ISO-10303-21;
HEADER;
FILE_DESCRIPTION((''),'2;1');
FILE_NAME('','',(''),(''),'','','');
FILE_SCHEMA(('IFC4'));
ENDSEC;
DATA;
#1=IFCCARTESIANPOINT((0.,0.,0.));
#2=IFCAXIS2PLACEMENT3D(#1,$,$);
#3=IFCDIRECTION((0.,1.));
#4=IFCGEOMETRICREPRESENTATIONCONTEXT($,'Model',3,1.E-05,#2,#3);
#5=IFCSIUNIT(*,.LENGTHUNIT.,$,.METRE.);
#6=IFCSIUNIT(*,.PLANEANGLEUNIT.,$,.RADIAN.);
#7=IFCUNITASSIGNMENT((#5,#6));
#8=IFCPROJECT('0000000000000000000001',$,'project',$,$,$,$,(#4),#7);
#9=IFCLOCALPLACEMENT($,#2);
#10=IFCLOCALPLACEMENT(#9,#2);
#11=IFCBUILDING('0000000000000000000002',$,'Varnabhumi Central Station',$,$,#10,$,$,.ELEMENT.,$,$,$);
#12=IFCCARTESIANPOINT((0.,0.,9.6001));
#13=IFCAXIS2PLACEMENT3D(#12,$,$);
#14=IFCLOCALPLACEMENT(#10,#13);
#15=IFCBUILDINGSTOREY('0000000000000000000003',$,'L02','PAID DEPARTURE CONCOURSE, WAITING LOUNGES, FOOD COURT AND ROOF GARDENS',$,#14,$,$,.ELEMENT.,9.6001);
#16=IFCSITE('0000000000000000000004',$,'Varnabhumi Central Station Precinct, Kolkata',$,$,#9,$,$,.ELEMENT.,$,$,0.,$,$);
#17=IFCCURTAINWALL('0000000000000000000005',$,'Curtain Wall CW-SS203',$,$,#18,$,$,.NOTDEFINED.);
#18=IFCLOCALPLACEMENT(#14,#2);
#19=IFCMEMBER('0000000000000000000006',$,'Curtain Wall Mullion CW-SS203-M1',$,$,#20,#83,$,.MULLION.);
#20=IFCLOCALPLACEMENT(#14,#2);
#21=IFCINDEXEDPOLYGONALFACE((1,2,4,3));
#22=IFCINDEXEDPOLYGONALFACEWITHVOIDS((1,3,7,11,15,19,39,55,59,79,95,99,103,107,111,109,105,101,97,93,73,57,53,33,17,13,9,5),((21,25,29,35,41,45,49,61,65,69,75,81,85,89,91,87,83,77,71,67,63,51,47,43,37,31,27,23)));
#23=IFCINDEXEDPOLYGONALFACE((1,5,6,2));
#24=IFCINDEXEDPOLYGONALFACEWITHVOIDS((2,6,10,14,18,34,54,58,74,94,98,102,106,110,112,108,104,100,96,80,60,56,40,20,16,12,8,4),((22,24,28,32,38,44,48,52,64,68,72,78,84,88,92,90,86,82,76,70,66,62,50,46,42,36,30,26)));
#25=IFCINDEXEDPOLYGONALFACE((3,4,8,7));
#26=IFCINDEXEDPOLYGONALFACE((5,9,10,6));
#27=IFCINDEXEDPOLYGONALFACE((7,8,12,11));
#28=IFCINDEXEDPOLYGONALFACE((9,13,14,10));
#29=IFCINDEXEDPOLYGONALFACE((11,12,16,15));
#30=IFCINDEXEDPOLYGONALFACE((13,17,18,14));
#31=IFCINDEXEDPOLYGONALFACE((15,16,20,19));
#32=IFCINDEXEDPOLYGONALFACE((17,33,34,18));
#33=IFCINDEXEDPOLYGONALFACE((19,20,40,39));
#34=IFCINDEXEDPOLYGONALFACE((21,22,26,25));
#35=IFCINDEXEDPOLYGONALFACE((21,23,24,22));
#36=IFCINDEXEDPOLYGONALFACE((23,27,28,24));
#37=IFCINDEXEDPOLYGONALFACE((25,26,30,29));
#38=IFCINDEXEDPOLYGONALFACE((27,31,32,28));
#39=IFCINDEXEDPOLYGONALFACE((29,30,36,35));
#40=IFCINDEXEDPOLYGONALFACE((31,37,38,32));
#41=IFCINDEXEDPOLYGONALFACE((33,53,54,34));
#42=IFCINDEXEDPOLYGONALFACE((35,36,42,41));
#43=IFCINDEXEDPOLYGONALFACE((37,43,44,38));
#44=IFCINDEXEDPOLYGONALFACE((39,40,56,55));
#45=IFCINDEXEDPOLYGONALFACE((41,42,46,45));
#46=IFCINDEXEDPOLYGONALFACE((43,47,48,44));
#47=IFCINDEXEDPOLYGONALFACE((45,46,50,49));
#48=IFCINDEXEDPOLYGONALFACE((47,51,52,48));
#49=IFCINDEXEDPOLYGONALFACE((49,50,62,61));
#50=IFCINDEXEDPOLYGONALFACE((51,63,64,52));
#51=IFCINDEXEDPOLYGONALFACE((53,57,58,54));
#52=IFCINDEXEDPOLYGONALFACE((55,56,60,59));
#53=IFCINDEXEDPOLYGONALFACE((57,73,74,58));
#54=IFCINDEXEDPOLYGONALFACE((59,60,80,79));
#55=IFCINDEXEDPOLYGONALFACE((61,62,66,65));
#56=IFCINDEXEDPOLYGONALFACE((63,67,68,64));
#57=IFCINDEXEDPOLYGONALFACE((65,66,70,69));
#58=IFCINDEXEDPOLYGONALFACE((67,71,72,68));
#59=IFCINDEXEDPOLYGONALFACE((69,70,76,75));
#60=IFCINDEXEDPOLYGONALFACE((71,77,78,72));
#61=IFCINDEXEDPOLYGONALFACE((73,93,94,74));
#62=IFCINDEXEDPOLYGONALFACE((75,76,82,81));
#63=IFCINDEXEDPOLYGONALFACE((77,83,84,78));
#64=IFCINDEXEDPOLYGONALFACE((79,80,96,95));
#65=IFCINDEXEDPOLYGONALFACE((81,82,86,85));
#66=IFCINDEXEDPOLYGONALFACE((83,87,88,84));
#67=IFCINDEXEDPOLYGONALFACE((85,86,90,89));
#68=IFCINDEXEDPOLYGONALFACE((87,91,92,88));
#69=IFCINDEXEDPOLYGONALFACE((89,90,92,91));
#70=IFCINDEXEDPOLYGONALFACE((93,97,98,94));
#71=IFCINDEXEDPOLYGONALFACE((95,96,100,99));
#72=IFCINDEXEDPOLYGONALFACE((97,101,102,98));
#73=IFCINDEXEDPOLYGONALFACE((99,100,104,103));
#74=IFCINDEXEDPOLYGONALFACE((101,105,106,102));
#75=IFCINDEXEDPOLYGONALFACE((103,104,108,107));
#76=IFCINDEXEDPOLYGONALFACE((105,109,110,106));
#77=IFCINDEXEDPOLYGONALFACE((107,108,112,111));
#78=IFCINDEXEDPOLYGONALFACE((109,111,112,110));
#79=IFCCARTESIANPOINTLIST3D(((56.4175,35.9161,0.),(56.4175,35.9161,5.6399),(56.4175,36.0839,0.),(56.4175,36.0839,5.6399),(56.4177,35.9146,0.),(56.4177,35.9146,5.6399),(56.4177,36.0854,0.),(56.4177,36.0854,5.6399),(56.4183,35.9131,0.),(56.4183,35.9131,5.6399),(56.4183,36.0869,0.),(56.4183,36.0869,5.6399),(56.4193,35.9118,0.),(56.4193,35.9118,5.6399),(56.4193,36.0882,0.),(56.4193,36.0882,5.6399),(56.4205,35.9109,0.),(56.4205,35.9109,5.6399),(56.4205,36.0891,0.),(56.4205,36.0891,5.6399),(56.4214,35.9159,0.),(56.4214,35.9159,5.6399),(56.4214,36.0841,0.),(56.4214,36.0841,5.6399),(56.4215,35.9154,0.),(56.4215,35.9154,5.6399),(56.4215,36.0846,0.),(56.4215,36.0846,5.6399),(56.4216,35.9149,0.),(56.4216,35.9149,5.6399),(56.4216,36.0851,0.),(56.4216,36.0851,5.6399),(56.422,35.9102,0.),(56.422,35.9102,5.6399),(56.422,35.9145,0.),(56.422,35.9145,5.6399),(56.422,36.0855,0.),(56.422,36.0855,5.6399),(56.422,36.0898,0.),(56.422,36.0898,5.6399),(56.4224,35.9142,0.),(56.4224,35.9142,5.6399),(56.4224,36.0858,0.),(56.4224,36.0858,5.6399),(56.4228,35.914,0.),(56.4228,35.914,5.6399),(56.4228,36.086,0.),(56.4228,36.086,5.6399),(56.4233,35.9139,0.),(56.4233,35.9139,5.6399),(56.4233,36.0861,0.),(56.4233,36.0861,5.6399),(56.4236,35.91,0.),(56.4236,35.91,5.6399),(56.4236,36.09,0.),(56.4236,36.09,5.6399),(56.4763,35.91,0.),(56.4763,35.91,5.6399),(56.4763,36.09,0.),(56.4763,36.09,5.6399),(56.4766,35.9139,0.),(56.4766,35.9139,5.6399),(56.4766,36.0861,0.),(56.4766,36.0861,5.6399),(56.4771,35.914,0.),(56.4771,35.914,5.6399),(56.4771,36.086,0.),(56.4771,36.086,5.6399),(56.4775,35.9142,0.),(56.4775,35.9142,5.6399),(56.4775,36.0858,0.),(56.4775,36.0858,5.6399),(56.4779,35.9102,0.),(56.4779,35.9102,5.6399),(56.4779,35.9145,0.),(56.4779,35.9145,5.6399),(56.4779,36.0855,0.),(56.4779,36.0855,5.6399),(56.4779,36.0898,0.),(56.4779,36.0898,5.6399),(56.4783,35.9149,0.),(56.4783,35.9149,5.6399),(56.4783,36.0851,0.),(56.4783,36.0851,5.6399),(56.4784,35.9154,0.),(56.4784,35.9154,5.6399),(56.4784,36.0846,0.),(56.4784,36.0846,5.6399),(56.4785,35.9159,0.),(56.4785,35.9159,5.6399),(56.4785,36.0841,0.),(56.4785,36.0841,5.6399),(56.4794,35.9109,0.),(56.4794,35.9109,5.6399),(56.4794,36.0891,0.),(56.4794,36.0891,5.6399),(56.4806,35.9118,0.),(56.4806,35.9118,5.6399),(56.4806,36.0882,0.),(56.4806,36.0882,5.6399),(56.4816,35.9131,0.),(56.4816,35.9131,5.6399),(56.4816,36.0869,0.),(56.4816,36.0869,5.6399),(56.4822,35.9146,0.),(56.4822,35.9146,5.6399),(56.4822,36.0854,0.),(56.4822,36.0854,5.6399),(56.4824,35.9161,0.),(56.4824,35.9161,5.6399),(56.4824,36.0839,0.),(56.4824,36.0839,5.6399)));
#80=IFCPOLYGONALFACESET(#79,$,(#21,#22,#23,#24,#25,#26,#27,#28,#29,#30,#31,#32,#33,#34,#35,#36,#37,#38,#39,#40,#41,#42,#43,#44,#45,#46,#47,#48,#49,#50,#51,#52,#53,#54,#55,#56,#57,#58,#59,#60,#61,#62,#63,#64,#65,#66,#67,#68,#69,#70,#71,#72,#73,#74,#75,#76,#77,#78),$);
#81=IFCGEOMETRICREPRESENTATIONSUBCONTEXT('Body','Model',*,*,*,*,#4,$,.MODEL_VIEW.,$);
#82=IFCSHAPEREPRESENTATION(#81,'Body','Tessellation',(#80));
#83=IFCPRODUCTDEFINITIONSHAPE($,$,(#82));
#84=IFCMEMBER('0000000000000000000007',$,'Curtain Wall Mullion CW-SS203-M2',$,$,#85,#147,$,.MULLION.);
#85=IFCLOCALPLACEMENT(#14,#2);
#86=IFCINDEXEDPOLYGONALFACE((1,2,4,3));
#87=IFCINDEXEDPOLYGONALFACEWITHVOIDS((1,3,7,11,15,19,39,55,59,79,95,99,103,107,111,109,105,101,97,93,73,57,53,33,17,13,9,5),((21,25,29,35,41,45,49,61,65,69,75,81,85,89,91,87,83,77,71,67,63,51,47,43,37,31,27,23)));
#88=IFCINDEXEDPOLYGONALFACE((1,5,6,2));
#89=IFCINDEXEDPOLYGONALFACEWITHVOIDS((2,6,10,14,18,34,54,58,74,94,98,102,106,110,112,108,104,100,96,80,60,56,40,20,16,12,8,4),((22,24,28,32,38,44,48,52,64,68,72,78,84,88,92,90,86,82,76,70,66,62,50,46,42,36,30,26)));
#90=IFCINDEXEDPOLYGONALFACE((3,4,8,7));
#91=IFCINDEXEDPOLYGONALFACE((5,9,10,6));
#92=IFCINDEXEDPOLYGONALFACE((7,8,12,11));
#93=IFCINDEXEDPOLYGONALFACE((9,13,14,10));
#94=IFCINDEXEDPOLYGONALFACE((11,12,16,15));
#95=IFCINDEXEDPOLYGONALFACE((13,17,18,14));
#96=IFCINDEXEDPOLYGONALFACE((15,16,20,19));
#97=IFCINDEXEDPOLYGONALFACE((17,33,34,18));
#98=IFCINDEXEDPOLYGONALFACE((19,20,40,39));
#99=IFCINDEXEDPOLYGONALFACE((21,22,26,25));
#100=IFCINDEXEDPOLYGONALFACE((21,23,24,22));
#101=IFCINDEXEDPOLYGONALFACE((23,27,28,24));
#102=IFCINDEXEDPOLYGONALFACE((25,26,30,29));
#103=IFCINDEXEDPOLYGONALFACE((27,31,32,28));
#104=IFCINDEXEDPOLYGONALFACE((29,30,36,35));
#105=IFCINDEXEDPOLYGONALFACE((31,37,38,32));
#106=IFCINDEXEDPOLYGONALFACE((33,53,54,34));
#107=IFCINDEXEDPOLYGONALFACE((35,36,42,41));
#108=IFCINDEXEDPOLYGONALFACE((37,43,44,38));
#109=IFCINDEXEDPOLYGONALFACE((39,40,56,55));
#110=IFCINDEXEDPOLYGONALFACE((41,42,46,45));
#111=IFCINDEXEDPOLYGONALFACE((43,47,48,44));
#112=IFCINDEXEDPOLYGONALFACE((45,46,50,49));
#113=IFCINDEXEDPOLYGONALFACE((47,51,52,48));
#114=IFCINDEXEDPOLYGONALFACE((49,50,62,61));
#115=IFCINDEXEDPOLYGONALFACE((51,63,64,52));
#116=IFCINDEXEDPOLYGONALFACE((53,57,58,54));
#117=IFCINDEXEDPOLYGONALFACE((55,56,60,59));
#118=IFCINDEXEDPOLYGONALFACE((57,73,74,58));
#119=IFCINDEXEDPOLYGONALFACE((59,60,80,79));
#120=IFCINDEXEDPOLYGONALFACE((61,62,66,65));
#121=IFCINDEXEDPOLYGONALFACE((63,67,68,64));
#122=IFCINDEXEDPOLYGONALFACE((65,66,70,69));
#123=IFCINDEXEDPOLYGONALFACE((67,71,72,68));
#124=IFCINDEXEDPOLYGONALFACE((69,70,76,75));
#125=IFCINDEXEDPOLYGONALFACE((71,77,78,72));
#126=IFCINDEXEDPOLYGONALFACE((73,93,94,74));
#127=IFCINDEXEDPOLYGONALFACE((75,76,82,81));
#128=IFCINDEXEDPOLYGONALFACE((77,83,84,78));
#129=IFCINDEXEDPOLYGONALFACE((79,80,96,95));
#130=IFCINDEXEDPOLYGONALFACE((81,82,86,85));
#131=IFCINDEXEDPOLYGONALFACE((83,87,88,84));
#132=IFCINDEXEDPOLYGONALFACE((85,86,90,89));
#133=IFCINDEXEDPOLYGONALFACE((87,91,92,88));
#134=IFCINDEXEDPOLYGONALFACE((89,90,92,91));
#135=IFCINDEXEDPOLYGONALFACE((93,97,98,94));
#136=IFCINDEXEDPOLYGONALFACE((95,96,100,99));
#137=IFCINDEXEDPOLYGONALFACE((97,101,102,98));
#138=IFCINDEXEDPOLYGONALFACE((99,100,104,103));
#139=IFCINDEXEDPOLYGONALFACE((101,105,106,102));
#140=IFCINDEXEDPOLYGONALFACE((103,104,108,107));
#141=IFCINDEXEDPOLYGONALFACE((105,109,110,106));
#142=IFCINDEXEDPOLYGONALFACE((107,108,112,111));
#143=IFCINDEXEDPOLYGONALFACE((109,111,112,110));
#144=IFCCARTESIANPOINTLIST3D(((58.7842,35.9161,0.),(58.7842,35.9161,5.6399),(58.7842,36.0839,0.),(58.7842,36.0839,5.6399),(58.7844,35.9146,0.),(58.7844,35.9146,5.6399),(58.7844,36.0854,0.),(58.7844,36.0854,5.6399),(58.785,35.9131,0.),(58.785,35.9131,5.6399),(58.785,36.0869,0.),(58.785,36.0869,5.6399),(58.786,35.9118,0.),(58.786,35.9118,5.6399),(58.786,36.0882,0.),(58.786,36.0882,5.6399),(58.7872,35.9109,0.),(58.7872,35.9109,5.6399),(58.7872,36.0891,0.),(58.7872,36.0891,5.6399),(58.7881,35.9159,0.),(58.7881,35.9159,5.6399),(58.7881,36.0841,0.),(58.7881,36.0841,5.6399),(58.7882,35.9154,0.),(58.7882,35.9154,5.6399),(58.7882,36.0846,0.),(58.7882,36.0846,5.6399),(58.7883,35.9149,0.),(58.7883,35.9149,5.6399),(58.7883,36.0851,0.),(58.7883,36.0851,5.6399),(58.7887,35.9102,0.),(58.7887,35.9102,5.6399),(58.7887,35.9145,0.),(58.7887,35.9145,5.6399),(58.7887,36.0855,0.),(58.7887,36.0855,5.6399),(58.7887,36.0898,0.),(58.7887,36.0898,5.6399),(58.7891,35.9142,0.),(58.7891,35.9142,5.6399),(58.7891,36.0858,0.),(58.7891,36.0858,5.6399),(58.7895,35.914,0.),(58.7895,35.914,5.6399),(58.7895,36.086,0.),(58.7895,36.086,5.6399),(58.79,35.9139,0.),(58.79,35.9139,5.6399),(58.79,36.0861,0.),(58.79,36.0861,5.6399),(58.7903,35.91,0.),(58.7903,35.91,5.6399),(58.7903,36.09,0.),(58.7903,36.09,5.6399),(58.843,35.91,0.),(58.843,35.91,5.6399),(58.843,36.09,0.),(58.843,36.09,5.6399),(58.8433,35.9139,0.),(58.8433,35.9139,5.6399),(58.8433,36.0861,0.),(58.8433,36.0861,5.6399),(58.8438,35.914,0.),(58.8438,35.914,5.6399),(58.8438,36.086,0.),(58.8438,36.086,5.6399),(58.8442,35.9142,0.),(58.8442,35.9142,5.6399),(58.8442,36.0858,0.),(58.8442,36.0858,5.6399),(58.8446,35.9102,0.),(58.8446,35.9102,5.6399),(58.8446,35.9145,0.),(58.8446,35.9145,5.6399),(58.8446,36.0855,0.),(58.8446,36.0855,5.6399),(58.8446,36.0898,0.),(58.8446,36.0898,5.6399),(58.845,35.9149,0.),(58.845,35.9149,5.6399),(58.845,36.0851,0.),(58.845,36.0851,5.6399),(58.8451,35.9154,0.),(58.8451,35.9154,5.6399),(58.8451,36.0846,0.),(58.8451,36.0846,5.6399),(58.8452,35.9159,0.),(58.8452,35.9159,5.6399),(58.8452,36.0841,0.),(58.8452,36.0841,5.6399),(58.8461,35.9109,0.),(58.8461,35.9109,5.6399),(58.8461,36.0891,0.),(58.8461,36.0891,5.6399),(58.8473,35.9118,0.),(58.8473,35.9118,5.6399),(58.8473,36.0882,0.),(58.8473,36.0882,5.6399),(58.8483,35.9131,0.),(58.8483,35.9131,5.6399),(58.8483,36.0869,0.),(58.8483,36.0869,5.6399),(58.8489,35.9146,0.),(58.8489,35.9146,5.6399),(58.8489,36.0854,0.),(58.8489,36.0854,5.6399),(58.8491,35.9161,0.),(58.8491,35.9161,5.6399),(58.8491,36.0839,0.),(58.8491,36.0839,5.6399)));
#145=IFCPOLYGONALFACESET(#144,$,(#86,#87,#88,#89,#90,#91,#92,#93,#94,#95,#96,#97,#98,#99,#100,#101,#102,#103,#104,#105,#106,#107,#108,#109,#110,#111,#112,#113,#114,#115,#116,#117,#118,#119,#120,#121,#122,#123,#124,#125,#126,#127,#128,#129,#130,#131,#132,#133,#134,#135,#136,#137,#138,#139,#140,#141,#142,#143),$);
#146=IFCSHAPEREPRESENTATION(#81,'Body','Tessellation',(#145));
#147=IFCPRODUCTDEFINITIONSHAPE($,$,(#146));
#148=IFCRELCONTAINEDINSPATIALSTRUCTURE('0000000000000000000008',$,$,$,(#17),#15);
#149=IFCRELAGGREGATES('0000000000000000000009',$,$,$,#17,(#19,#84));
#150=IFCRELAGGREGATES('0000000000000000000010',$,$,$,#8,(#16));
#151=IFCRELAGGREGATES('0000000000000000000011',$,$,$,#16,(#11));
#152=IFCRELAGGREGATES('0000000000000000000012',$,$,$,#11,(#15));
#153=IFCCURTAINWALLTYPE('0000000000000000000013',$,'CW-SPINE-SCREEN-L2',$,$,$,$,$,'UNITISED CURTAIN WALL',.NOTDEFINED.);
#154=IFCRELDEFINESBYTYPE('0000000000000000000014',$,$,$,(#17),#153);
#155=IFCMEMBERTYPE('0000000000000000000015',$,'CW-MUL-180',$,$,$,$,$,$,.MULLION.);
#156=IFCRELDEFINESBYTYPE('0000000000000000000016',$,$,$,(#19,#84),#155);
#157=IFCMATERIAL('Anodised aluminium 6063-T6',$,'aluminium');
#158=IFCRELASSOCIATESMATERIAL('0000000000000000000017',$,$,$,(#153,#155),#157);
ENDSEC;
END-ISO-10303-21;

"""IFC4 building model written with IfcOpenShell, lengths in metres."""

from ifc_helpers import new_model, si_unit, direction, frame, origin, origin_2d, place, context, subcontext, project, spatial, hollow_rectangle, extrude, material, material_profile, profile_set, type_object, element, aggregate, save


model = new_model("IFC4")

# Units and contexts
model_context = context("Model", 3, precision=1e-05, world=origin(), true_north=direction((0.0, 1.0)))
body_context = subcontext(model_context, "Body", "Model", "MODEL_VIEW")
ifc_project = project(units=[si_unit("LENGTHUNIT", "METRE"), si_unit("PLANEANGLEUNIT", "RADIAN")], contexts=[model_context])

# Site, building, storey
site_placement = place(None, origin())
site = spatial("IfcSite", under=ifc_project, at=site_placement, Name="Varnabhumi Central Station Precinct, Kolkata", CompositionType="ELEMENT", RefElevation=0.0)
building_placement = place(site_placement, origin())
building = spatial("IfcBuilding", under=site, at=building_placement, Name="Varnabhumi Central Station", CompositionType="ELEMENT")
storey_placement = place(building_placement, frame((0.0, 0.0, 9.6001)))
storey = spatial("IfcBuildingStorey", under=building, at=storey_placement, Name="L02", Description="PAID DEPARTURE CONCOURSE, WAITING LOUNGES, FOOD COURT AND ROOF GARDENS", CompositionType="ELEMENT", Elevation=9.6001)

# Curtain wall, members
ifc_material_1 = material(Name="Anodised aluminium 6063-T6", Category="aluminium")
curtain_wall_type = type_object("IfcCurtainWallType", Name="CW-SPINE-SCREEN-L2", ElementType="UNITISED CURTAIN WALL", PredefinedType="NOTDEFINED", material=ifc_material_1)
curtain_wall_placement = place(storey_placement, origin())
curtain_wall = element("IfcCurtainWall", 1, at=curtain_wall_placement, inside=storey, type_object=curtain_wall_type, Name="Curtain Wall CW-SS203", PredefinedType="NOTDEFINED")
ifc_material_profile_1 = material_profile(ifc_material_1, hollow_rectangle(XDim=0.0649, YDim=0.1799, WallThickness=0.0039, InnerFilletRadius=0.002, OuterFilletRadius=0.0061, at=origin_2d()), Name="Anodised aluminium 6063-T6", Category="aluminium")
ifc_profile_set_1 = profile_set([ifc_material_profile_1], Name="Anodised aluminium 6063-T6")
member_type_1 = type_object("IfcMemberType", Name="CW-MUL-180", PredefinedType="MULLION", material=ifc_profile_set_1)
member_1_placement = place(storey_placement, frame((56.45, 36.0, 0.0), z_axis=(0.0, 0.0, 1.0), x_axis=(1.0, 0.0, 0.0)))
member_1 = element("IfcMember", 2, at=member_1_placement, type_object=member_type_1, Name="Curtain Wall Mullion CW-SS203-M1", PredefinedType="MULLION", context=body_context, shape_type="SweptSolid", body=[
    extrude(hollow_rectangle(XDim=0.0649, YDim=0.1799, WallThickness=0.0039, InnerFilletRadius=0.002, OuterFilletRadius=0.0061, at=origin_2d()), origin(), (0.0, 0.0, 1.0), 5.6399),
])
member_2_placement = place(storey_placement, frame((58.8167, 36.0, 0.0), z_axis=(0.0, 0.0, 1.0), x_axis=(1.0, 0.0, 0.0)))
member_2 = element("IfcMember", 3, at=member_2_placement, type_object=member_type_1, Name="Curtain Wall Mullion CW-SS203-M2", PredefinedType="MULLION", context=body_context, shape_type="SweptSolid", body=[
    extrude(hollow_rectangle(XDim=0.0649, YDim=0.1799, WallThickness=0.0039, InnerFilletRadius=0.002, OuterFilletRadius=0.0061, at=origin_2d()), origin(), (0.0, 0.0, 1.0), 5.6399),
])

aggregate(curtain_wall, [member_1, member_2])

save(model, "model.ifc")
